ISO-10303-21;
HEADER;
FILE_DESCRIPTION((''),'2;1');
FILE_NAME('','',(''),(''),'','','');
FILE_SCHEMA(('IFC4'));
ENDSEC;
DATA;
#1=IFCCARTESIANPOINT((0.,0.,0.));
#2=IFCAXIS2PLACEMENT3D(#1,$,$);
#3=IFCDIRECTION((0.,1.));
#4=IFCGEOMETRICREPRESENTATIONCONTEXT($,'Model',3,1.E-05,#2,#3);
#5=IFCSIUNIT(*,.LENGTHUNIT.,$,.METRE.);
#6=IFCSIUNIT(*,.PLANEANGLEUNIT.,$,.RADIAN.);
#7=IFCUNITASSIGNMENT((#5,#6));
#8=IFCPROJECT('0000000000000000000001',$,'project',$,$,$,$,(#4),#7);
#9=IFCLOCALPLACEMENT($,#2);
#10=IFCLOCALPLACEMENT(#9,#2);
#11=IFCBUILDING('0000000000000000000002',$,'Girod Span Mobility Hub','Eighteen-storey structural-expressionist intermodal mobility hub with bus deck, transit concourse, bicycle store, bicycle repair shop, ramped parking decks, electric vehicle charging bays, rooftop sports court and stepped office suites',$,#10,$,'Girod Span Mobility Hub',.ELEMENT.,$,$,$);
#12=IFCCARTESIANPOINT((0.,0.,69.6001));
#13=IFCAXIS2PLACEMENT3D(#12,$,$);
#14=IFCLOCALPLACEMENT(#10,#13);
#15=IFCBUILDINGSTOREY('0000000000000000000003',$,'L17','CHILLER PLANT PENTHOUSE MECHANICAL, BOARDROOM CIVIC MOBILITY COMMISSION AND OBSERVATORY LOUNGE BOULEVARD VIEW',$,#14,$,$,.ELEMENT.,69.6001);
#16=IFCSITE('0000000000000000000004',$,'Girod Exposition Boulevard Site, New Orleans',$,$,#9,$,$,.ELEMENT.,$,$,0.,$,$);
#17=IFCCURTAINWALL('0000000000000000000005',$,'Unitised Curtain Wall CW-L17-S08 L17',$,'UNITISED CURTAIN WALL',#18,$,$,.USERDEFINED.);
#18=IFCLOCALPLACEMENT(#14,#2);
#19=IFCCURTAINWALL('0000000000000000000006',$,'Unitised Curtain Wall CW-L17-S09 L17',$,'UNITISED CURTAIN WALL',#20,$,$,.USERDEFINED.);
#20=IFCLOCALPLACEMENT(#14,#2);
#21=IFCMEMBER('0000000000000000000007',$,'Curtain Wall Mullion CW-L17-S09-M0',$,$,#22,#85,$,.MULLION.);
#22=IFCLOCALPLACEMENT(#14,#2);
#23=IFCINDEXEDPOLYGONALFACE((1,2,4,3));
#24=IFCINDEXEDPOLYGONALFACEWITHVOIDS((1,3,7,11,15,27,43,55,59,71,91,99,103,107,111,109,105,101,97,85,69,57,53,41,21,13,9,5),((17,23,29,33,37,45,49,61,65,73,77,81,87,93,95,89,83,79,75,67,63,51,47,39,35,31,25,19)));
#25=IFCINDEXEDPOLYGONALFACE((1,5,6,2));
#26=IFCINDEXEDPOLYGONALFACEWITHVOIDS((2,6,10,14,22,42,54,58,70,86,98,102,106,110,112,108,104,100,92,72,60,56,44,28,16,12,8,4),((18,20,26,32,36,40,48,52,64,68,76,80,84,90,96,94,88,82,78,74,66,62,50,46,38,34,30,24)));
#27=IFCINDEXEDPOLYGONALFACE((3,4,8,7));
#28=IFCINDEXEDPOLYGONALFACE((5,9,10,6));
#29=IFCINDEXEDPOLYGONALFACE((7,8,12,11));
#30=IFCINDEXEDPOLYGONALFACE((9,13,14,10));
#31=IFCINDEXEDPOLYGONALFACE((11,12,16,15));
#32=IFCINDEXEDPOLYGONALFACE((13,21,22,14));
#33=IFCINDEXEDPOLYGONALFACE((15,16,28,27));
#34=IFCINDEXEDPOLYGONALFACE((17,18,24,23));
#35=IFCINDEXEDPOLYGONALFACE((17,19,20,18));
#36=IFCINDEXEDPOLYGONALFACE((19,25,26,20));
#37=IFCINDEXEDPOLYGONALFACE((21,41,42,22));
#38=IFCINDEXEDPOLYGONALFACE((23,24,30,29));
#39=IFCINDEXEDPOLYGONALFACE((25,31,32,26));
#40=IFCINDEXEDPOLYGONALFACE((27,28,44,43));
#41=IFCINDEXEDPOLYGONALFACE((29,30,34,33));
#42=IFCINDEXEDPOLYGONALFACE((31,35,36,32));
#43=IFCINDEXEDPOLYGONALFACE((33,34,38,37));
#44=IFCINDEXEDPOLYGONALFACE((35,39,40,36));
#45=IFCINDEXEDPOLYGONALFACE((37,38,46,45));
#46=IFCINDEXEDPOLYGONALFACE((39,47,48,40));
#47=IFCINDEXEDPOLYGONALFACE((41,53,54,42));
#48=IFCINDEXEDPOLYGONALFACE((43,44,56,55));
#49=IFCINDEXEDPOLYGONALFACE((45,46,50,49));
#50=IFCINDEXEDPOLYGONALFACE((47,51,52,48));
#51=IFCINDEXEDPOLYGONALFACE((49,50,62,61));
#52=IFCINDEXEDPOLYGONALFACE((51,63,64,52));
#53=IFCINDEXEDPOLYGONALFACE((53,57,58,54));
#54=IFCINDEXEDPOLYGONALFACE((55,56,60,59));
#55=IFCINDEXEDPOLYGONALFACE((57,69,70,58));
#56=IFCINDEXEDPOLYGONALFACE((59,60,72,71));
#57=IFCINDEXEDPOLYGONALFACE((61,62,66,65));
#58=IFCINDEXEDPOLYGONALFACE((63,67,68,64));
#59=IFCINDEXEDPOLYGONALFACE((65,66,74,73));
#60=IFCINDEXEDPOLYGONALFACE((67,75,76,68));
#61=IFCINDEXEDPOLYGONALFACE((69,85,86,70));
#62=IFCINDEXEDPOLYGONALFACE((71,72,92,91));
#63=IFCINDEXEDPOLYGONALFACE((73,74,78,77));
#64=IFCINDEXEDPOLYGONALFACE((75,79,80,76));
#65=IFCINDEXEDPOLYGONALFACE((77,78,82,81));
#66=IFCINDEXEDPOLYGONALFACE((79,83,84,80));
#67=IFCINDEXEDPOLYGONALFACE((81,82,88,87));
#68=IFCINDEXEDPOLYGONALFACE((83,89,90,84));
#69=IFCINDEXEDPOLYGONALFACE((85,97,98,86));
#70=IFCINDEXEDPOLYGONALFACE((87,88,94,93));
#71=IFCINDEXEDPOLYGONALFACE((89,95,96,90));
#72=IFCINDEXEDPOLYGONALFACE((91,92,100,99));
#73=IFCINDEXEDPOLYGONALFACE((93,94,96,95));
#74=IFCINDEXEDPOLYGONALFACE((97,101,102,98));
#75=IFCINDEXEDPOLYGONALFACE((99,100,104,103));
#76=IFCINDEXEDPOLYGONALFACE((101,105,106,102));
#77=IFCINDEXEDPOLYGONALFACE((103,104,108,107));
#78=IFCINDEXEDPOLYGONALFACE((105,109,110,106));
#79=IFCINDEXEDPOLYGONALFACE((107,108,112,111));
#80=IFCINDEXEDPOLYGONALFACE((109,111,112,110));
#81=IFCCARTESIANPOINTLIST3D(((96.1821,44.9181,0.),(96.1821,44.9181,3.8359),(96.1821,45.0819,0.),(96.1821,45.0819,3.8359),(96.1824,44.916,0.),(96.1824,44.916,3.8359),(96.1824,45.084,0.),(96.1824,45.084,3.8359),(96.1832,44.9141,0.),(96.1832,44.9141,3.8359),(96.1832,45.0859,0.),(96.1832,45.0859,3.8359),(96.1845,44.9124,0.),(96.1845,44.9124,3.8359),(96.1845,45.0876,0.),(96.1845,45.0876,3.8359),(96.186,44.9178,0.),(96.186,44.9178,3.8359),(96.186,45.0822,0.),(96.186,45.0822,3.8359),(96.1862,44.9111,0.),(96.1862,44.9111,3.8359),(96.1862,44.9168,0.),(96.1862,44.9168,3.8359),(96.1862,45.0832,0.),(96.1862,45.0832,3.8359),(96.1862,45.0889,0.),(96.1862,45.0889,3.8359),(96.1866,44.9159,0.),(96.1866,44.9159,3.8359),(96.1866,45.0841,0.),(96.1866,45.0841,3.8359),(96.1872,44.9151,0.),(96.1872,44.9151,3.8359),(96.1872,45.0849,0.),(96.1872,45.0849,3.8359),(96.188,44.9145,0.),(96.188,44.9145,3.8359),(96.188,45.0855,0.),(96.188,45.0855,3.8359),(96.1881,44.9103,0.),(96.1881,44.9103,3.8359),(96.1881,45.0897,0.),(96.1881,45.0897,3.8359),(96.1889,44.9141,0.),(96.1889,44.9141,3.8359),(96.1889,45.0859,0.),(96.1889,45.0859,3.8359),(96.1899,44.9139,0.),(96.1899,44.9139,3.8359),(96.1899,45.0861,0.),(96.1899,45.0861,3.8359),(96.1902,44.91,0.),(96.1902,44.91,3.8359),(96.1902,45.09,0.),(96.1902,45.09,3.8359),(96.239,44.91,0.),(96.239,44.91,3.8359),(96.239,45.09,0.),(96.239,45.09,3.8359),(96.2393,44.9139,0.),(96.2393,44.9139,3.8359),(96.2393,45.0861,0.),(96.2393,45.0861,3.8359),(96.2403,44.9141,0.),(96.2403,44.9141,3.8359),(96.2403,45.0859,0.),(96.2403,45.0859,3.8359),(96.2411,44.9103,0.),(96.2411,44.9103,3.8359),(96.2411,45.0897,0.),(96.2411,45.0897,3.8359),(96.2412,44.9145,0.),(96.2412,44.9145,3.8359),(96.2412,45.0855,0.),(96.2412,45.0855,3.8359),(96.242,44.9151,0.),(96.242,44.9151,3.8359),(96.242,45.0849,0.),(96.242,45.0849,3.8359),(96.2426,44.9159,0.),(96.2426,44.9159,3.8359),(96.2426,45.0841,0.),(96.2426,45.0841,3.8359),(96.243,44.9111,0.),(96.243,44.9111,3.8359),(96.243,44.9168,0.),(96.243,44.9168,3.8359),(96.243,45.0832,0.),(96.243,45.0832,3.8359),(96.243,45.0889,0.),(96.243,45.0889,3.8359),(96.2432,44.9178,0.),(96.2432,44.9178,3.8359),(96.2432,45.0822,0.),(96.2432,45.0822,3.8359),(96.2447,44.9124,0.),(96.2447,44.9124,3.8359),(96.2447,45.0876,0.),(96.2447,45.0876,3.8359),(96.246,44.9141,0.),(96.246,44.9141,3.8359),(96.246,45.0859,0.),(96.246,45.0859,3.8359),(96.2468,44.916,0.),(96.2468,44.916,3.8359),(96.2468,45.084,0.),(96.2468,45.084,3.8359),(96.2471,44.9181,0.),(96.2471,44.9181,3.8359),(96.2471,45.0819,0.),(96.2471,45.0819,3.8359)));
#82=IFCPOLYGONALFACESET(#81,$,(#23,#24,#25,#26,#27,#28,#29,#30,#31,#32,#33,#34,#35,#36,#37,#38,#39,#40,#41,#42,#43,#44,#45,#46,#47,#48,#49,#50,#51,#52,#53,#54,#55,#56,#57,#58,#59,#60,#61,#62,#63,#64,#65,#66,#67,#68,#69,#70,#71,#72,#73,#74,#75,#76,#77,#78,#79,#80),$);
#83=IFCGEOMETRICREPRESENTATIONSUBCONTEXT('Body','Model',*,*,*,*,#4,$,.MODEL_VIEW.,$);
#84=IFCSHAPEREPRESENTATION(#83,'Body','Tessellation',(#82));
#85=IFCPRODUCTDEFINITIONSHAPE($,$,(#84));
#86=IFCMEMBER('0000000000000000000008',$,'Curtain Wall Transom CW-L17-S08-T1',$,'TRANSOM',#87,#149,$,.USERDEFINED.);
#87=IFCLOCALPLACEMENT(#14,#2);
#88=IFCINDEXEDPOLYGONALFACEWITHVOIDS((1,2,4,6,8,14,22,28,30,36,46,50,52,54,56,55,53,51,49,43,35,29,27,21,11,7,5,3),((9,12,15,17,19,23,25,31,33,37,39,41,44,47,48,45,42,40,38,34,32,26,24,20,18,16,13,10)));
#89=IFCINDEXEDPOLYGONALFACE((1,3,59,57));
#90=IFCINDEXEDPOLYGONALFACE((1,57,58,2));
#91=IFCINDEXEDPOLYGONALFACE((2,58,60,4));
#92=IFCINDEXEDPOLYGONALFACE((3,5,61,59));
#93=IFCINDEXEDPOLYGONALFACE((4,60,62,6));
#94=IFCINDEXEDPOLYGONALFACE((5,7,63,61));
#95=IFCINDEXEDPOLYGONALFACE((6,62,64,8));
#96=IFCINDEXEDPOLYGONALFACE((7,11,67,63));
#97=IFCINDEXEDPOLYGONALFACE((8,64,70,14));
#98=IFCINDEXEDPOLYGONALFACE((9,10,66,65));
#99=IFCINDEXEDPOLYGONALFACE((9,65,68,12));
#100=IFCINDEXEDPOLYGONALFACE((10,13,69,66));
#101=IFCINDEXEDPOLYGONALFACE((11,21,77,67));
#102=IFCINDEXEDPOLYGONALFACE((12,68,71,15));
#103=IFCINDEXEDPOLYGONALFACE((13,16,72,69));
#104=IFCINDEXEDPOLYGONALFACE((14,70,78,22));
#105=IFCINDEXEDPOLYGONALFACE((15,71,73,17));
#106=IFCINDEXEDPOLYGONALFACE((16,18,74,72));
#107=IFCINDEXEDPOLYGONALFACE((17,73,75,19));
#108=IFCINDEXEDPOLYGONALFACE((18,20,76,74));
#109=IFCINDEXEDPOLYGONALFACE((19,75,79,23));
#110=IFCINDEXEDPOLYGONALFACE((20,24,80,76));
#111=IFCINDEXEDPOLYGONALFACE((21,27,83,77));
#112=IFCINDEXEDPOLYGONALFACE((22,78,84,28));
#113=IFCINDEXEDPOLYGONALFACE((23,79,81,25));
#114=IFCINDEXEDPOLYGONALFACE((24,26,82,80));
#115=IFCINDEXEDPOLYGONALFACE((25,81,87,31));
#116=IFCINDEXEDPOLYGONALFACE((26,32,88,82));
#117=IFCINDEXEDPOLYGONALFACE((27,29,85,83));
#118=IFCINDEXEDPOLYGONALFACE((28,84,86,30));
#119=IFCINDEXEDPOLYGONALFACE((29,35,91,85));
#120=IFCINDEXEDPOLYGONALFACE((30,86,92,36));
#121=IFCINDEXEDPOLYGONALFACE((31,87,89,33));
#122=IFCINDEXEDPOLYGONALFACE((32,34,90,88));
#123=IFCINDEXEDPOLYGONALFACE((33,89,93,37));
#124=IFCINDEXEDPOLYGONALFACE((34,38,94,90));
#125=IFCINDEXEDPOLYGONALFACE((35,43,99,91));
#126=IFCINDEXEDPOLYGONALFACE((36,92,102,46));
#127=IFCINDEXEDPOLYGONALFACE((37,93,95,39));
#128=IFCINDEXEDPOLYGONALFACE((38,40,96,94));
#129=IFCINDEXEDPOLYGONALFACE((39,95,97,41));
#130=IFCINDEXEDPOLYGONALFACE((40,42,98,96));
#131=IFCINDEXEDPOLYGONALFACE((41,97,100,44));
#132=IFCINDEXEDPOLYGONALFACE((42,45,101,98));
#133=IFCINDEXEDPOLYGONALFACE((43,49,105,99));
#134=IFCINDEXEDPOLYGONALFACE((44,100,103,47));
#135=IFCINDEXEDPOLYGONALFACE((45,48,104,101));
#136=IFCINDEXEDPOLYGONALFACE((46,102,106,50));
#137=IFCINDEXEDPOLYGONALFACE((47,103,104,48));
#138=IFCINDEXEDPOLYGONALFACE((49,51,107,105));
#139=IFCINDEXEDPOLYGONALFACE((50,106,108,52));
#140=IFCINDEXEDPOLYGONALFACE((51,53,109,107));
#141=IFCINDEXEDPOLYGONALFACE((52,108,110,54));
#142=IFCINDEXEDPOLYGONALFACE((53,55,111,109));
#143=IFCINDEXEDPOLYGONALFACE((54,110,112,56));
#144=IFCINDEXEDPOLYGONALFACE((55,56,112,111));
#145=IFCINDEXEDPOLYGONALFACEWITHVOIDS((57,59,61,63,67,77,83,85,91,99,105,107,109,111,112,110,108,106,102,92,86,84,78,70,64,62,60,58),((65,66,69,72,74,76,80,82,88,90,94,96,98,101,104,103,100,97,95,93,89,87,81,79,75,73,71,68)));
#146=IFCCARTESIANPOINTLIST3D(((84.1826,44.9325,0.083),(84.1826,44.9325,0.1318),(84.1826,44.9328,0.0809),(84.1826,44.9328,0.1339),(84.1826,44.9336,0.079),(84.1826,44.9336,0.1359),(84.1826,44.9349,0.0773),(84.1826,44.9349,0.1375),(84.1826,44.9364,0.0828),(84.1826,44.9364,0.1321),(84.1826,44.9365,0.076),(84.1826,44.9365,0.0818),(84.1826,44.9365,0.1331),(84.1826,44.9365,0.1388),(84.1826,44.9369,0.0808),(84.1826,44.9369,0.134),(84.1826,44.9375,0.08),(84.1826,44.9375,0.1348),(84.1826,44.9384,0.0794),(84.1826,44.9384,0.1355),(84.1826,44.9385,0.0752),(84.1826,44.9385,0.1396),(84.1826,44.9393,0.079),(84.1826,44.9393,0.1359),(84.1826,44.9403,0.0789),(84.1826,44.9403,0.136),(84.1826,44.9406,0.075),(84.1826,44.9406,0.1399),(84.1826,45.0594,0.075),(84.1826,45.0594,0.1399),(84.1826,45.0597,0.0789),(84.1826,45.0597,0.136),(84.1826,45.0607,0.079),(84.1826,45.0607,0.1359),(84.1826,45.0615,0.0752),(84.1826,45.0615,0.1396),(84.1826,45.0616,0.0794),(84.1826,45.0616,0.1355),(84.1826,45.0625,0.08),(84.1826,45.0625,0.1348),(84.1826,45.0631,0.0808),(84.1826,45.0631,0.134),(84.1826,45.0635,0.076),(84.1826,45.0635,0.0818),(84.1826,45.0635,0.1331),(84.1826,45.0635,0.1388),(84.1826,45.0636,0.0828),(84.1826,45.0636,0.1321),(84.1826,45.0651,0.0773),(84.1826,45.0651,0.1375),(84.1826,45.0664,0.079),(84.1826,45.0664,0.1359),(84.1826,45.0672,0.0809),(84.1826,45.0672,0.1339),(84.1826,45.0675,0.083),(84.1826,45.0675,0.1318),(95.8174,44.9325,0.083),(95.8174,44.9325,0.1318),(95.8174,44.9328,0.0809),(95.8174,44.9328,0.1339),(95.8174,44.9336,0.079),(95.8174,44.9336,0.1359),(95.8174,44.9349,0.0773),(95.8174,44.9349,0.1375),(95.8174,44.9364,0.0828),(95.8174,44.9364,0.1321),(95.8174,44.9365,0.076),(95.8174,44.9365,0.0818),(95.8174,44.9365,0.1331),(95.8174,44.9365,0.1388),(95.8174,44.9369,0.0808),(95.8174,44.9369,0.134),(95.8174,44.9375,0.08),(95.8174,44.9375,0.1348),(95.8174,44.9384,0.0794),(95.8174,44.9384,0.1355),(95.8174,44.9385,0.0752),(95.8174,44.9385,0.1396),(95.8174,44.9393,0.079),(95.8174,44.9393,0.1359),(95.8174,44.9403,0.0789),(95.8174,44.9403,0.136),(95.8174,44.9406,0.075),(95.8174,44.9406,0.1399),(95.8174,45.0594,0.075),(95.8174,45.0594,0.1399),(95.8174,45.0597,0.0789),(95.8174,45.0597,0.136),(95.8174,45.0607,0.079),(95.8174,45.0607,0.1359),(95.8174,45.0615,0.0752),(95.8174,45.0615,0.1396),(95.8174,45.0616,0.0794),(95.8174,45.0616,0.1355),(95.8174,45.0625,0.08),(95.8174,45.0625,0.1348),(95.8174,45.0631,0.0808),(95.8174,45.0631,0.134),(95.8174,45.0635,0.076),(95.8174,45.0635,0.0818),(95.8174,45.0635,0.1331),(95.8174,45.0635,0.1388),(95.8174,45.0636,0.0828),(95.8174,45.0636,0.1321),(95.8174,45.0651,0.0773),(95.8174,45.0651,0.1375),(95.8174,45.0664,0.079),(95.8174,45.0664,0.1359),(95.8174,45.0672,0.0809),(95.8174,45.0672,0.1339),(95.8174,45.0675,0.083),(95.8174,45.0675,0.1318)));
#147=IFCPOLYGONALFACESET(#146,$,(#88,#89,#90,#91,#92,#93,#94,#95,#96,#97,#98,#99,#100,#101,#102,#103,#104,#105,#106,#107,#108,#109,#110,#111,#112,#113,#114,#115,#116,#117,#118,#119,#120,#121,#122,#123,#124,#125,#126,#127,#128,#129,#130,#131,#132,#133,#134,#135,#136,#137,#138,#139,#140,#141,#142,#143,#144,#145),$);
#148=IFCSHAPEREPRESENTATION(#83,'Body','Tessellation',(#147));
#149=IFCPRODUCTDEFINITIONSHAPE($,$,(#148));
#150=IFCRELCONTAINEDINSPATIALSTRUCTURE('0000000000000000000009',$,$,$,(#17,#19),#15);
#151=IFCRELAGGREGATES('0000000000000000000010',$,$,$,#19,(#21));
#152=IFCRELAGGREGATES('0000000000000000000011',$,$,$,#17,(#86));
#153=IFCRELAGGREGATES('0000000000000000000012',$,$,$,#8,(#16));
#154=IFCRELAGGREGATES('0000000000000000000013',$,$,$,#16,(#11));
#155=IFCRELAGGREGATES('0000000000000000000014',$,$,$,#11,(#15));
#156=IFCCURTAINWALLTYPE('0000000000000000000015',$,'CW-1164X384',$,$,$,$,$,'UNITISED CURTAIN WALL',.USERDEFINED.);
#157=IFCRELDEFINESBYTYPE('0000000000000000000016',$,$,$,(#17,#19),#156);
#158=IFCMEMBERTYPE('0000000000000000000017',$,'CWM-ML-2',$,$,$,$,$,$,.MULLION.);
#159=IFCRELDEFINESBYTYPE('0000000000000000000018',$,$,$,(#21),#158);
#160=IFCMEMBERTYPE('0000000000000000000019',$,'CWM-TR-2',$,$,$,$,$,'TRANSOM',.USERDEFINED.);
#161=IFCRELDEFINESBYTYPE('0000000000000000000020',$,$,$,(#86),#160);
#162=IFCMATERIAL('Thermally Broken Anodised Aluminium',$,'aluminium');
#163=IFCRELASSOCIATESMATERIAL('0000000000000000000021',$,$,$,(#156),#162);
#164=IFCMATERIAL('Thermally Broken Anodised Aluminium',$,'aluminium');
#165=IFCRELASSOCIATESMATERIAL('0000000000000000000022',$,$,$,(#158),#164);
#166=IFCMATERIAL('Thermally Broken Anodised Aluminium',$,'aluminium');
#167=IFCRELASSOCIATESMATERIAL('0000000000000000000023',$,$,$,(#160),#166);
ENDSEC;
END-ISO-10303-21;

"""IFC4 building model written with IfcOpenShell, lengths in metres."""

from ifc_helpers import new_model, si_unit, direction, frame, origin, origin_2d, place, context, subcontext, project, spatial, hollow_rectangle, extrude, material, material_profile, profile_set, type_object, element, aggregate, save


model = new_model("IFC4")

# Units and contexts
model_context = context("Model", 3, precision=1e-05, world=origin(), true_north=direction((0.0, 1.0)))
body_context = subcontext(model_context, "Body", "Model", "MODEL_VIEW")
ifc_project = project(units=[si_unit("LENGTHUNIT", "METRE"), si_unit("PLANEANGLEUNIT", "RADIAN")], contexts=[model_context])

# Site, building, storey
site_placement = place(None, origin())
site = spatial("IfcSite", under=ifc_project, at=site_placement, Name="Girod Exposition Boulevard Site, New Orleans", CompositionType="ELEMENT", RefElevation=0.0)
building_placement = place(site_placement, origin())
building = spatial("IfcBuilding", under=site, at=building_placement, Name="Girod Span Mobility Hub", Description="Eighteen-storey structural-expressionist intermodal mobility hub with bus deck, transit concourse, bicycle store, bicycle repair shop, ramped parking decks, electric vehicle charging bays, rooftop sports court and stepped office suites", LongName="Girod Span Mobility Hub", CompositionType="ELEMENT")
storey_placement = place(building_placement, frame((0.0, 0.0, 69.6001)))
storey = spatial("IfcBuildingStorey", under=building, at=storey_placement, Name="L17", Description="CHILLER PLANT PENTHOUSE MECHANICAL, BOARDROOM CIVIC MOBILITY COMMISSION AND OBSERVATORY LOUNGE BOULEVARD VIEW", CompositionType="ELEMENT", Elevation=69.6001)

# Shared definitions
ifc_material_1 = material(Name="Thermally Broken Anodised Aluminium", Category="aluminium")
curtain_wall_type = type_object("IfcCurtainWallType", Name="CW-1164X384", ElementType="UNITISED CURTAIN WALL", PredefinedType="USERDEFINED", material=ifc_material_1)
ifc_material_2 = material(Name="Thermally Broken Anodised Aluminium", Category="aluminium")
ifc_material_profile_1 = material_profile(ifc_material_2, hollow_rectangle(XDim=0.1799, YDim=0.0649, WallThickness=0.0039, InnerFilletRadius=0.0039, OuterFilletRadius=0.0081, at=origin_2d()), Name="CW-ML-65X180")
ifc_profile_set_1 = profile_set([ifc_material_profile_1], Name="Thermally Broken Anodised Aluminium")
member_type_1 = type_object("IfcMemberType", Name="CWM-ML-2", PredefinedType="MULLION", material=ifc_profile_set_1)

# Curtain wall
curtain_wall_1_placement = place(storey_placement, origin())
curtain_wall_1 = element("IfcCurtainWall", 1, at=curtain_wall_1_placement, inside=storey, type_object=curtain_wall_type, Name="Unitised Curtain Wall CW-L17-S08 L17", ObjectType="UNITISED CURTAIN WALL", PredefinedType="USERDEFINED")

# Curtain wall, member
curtain_wall_2_placement = place(storey_placement, origin())
curtain_wall_2 = element("IfcCurtainWall", 2, at=curtain_wall_2_placement, inside=storey, type_object=curtain_wall_type, Name="Unitised Curtain Wall CW-L17-S09 L17", ObjectType="UNITISED CURTAIN WALL", PredefinedType="USERDEFINED")
member_1_placement = place(storey_placement, frame((96.2146, 45.0, 0.0), z_axis=(0.0, 0.0, 1.0), x_axis=(0.0, 1.0, 0.0)))
member_1 = element("IfcMember", 3, at=member_1_placement, type_object=member_type_1, Name="Curtain Wall Mullion CW-L17-S09-M0", PredefinedType="MULLION", context=body_context, shape_type="SweptSolid", body=[
    extrude(hollow_rectangle(XDim=0.1799, YDim=0.0649, WallThickness=0.0039, InnerFilletRadius=0.0039, OuterFilletRadius=0.0081, at=origin_2d()), origin(), (0.0, 0.0, 1.0), 3.8359),
])

# Member
ifc_material_3 = material(Name="Thermally Broken Anodised Aluminium", Category="aluminium")
ifc_material_profile_2 = material_profile(ifc_material_3, hollow_rectangle(XDim=0.135, YDim=0.0649, WallThickness=0.0039, InnerFilletRadius=0.0039, OuterFilletRadius=0.0081, at=origin_2d()), Name="CW-TR-65X135")
ifc_profile_set_2 = profile_set([ifc_material_profile_2], Name="Thermally Broken Anodised Aluminium")
member_type_2 = type_object("IfcMemberType", Name="CWM-TR-2", ElementType="TRANSOM", PredefinedType="USERDEFINED", material=ifc_profile_set_2)
member_2_placement = place(storey_placement, frame((84.1826, 45.0, 0.1074), z_axis=(1.0, 0.0, 0.0), x_axis=(0.0, 1.0, 0.0)))
member_2 = element("IfcMember", 4, at=member_2_placement, type_object=member_type_2, Name="Curtain Wall Transom CW-L17-S08-T1", ObjectType="TRANSOM", PredefinedType="USERDEFINED", context=body_context, shape_type="SweptSolid", body=[
    extrude(hollow_rectangle(XDim=0.135, YDim=0.0649, WallThickness=0.0039, InnerFilletRadius=0.0039, OuterFilletRadius=0.0081, at=origin_2d()), origin(), (0.0, 0.0, 1.0), 11.6348),
])
aggregate(curtain_wall_2, [member_1])

aggregate(curtain_wall_1, [member_2])

save(model, "model.ifc")
